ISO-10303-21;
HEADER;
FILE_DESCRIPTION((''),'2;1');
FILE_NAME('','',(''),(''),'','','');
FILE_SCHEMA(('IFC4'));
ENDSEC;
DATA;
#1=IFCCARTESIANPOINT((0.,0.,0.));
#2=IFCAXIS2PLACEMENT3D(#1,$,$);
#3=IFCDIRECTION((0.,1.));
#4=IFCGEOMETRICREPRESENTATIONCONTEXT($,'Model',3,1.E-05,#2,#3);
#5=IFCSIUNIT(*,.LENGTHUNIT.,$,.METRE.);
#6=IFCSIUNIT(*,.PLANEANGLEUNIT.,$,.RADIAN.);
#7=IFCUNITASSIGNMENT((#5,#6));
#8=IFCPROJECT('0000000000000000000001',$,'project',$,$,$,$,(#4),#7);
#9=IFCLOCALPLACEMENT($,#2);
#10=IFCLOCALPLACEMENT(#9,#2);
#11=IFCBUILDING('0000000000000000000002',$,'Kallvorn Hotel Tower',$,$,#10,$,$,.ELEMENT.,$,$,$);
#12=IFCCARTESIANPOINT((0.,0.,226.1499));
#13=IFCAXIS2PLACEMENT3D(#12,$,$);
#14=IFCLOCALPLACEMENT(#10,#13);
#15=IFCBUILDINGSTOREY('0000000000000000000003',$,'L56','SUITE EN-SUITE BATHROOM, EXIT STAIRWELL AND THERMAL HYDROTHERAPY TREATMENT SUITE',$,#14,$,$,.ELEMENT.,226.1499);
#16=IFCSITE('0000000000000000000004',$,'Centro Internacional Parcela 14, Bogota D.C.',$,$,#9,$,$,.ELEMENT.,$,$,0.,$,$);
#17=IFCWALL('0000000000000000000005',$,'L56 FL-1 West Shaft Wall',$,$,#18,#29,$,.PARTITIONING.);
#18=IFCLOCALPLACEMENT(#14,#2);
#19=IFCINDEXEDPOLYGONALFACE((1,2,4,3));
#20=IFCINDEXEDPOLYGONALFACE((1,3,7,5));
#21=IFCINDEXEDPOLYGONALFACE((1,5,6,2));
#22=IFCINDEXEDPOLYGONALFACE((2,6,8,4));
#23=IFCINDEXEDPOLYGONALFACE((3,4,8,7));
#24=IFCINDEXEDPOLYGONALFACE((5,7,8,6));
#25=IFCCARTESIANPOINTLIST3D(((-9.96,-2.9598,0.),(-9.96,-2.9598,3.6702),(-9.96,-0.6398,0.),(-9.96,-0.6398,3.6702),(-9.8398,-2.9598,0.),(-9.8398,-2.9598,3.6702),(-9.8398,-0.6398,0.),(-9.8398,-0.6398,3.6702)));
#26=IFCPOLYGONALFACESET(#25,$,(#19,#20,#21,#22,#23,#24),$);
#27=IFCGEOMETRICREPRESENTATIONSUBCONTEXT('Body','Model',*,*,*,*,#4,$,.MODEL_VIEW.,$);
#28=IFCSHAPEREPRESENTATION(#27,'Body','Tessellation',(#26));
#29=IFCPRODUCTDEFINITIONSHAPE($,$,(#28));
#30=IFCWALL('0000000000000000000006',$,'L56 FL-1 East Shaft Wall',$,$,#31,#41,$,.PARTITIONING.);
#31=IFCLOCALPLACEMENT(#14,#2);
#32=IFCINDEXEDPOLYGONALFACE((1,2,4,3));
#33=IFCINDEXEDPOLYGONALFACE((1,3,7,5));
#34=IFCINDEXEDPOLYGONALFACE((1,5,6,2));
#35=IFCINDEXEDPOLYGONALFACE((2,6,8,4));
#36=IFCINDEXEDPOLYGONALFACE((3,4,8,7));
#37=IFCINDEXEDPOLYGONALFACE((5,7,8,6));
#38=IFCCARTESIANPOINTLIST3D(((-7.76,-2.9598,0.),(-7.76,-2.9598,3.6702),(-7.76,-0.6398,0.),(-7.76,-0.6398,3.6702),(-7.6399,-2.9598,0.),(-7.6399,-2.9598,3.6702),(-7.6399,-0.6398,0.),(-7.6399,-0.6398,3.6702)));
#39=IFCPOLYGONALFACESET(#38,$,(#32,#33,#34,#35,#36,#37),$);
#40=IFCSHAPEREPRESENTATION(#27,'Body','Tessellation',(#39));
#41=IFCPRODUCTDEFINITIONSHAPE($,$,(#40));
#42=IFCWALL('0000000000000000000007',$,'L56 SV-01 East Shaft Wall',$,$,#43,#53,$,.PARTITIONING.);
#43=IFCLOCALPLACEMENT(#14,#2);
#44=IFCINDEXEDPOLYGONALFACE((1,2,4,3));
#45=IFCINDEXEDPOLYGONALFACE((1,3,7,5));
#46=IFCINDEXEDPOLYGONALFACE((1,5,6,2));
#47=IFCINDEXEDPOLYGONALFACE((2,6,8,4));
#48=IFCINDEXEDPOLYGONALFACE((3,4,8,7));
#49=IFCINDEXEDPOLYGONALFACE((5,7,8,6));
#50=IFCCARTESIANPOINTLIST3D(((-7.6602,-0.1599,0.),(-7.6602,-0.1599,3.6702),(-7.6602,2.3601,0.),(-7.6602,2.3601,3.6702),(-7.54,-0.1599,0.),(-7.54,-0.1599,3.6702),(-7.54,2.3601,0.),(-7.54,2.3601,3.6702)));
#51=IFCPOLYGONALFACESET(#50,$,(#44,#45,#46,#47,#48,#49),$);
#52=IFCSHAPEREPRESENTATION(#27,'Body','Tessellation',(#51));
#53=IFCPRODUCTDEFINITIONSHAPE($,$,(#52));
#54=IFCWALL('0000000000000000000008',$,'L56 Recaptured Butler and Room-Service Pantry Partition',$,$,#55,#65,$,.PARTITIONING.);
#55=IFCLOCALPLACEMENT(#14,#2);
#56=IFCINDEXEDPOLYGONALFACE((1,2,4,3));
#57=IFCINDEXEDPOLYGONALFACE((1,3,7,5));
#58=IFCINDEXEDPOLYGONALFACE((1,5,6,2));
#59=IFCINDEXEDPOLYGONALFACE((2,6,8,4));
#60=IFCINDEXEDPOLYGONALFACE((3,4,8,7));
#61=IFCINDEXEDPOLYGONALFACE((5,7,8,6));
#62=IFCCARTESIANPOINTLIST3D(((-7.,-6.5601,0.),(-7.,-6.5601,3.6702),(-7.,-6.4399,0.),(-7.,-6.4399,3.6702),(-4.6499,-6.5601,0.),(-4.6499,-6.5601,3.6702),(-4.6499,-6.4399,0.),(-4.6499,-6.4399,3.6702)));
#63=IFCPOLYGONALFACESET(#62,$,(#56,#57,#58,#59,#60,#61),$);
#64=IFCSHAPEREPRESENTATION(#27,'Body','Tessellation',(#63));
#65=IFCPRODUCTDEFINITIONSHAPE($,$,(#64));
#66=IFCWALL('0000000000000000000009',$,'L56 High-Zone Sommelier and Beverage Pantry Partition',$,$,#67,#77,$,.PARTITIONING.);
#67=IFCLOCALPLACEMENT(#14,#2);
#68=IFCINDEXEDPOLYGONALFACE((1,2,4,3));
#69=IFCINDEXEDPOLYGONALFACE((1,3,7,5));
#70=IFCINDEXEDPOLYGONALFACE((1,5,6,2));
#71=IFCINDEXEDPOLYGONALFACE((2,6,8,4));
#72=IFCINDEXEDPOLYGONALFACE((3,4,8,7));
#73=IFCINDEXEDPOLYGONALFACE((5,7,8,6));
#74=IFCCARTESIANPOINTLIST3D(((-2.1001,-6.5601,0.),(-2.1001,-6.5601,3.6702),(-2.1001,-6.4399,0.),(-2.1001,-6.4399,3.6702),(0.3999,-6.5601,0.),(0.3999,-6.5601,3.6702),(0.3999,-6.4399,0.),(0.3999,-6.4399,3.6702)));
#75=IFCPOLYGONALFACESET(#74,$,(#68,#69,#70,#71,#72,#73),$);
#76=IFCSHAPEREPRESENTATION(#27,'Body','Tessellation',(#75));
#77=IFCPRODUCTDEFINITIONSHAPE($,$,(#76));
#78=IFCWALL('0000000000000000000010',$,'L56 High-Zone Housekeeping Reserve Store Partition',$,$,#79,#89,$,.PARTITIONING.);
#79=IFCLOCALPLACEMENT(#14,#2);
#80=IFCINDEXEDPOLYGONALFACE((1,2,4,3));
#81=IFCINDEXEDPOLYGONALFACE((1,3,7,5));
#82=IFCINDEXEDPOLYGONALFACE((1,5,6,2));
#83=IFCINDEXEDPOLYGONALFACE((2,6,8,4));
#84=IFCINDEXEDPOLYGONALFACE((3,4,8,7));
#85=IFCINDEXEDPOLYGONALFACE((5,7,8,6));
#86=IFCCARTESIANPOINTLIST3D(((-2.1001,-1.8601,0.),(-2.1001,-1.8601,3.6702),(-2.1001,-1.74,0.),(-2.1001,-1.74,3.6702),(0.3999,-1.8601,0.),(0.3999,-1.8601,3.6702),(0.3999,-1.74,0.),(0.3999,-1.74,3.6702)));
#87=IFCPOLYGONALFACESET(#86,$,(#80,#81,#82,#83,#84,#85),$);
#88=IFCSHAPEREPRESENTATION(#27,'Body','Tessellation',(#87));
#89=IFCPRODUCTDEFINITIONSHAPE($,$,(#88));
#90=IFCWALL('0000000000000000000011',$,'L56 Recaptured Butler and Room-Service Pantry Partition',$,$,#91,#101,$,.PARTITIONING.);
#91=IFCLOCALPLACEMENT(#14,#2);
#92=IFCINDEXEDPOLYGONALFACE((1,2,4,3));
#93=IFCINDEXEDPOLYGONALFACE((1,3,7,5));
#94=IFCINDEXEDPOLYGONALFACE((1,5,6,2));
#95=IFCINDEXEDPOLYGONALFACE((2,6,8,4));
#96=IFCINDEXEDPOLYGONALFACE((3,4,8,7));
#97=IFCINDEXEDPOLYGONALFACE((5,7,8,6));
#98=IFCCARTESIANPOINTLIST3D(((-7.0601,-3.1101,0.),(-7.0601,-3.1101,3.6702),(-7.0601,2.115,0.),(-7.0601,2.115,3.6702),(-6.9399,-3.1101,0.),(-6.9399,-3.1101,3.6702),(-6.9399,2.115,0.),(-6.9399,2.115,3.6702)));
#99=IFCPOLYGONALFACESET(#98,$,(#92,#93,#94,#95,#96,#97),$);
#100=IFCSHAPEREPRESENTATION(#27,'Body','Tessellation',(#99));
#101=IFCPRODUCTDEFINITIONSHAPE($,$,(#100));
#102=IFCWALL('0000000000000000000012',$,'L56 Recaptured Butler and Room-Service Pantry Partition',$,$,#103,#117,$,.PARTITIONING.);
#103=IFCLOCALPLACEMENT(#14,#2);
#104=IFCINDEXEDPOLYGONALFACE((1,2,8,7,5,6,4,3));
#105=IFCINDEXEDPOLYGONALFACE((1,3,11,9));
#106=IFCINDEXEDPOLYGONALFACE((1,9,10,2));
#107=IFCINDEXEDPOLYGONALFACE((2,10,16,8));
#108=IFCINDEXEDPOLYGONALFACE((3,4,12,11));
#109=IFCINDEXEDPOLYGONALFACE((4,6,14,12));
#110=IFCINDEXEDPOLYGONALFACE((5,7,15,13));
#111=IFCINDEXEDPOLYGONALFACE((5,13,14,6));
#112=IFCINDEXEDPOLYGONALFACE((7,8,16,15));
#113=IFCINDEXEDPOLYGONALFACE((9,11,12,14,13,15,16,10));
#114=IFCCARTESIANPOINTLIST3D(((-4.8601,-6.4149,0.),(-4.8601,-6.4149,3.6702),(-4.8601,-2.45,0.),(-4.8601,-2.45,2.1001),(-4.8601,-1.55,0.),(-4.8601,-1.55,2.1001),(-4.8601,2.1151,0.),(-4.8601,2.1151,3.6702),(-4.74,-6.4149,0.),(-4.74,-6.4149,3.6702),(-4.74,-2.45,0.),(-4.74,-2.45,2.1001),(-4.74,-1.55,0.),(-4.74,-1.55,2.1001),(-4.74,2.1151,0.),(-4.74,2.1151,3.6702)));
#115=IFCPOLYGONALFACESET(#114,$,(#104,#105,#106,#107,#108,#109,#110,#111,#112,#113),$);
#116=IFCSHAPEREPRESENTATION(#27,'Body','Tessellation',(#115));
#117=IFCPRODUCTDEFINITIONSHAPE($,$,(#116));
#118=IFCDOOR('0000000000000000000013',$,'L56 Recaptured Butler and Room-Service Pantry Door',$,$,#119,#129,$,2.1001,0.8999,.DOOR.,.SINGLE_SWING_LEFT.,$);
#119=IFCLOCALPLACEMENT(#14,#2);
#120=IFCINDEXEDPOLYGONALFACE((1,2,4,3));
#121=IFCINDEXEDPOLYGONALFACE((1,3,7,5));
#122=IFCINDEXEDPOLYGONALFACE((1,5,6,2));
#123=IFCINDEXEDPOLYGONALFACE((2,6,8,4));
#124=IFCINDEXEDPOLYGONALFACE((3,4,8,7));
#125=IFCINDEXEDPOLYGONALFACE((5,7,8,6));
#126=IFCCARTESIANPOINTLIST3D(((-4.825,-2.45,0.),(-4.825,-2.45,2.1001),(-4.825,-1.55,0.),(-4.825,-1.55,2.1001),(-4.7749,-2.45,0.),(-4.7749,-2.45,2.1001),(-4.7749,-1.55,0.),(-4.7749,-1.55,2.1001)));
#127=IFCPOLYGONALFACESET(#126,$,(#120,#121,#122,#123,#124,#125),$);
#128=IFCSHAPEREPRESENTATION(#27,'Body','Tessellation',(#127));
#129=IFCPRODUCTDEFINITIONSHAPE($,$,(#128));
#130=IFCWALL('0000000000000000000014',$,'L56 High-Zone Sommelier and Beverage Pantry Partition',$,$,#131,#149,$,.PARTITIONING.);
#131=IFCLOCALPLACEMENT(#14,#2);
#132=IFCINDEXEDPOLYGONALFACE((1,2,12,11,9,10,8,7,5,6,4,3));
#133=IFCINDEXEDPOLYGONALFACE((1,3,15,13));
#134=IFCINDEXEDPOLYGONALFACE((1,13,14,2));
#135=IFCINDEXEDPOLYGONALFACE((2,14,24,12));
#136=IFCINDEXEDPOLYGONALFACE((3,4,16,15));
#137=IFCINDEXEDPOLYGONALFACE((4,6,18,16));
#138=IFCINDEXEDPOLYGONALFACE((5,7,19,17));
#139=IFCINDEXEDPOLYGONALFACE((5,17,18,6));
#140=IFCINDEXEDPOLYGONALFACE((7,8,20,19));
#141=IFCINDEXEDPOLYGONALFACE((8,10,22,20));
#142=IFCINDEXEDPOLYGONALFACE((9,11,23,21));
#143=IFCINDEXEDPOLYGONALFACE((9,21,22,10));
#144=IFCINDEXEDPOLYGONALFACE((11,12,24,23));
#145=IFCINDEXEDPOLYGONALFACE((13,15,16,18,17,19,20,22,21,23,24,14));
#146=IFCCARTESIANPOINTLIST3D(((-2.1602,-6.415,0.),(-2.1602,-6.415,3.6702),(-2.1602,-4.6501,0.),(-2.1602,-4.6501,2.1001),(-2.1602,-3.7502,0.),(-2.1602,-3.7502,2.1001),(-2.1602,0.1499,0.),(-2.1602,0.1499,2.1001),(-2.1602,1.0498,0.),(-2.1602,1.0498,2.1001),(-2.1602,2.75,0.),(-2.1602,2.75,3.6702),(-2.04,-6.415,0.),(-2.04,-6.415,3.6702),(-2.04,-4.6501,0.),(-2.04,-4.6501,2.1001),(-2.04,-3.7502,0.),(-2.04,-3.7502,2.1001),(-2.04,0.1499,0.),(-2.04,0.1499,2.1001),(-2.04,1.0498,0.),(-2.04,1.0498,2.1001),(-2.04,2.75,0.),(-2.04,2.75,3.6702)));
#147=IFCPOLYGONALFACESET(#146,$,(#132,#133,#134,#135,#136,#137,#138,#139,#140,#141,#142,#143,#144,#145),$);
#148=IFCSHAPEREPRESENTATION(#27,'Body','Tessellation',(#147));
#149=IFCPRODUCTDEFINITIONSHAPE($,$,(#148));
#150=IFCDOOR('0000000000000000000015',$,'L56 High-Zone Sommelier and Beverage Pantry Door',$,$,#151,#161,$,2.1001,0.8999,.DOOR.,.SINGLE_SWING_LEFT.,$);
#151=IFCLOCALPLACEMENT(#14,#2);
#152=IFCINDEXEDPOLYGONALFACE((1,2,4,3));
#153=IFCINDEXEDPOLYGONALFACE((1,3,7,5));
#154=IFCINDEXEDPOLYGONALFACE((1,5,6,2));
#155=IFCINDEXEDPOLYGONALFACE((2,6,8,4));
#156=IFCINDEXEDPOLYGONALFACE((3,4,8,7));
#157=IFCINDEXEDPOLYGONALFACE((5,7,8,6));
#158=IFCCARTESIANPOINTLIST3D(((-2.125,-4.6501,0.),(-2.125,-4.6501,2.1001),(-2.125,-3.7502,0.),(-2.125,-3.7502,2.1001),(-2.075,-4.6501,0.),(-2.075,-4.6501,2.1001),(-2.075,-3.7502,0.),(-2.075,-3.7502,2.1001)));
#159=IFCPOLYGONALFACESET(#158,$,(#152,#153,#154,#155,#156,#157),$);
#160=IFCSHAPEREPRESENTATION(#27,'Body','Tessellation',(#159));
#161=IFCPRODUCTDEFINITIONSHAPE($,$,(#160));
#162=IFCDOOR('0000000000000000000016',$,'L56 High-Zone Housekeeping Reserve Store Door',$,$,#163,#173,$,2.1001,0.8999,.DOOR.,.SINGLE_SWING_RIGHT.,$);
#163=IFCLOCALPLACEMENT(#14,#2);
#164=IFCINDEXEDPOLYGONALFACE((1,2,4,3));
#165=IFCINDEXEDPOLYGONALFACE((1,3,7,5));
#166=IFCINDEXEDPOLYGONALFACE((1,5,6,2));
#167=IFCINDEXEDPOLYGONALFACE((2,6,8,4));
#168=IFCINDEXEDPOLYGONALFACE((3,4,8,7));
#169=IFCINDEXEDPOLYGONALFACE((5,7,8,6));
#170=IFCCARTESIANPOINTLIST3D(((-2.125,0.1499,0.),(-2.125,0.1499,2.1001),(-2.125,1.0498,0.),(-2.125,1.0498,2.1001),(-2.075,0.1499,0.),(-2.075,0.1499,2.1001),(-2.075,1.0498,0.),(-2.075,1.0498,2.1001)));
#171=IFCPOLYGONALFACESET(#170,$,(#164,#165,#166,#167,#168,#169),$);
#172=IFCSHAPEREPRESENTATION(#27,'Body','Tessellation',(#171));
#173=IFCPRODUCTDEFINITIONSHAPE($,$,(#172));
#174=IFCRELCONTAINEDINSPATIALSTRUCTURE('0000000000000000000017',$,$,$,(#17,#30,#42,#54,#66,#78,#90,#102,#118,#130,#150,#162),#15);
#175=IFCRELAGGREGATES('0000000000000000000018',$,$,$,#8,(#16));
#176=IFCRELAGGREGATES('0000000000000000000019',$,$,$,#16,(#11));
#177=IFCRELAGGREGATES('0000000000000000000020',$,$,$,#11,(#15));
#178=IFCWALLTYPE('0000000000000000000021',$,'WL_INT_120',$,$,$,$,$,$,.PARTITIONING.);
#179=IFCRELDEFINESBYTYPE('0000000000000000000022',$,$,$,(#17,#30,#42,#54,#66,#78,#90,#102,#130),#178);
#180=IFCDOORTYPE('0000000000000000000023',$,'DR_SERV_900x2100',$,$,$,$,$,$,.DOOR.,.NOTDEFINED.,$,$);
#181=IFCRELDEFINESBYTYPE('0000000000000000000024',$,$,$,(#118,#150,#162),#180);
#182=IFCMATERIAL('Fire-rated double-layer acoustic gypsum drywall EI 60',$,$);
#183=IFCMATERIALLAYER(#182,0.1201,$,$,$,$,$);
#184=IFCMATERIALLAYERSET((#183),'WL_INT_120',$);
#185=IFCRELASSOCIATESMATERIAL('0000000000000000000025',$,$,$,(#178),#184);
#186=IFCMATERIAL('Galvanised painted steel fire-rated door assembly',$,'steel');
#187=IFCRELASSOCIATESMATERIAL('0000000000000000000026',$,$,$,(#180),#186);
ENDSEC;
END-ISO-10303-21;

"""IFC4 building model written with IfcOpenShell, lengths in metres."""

from ifc_helpers import new_model, si_unit, direction, frame, frame_2d, origin, place, context, subcontext, project, spatial, rectangle, extrude, material, layer, layer_set, type_object, element, fill, save


model = new_model("IFC4")

# Units and contexts
model_context = context("Model", 3, precision=1e-05, world=origin(), true_north=direction((0.0, 1.0)))
body_context = subcontext(model_context, "Body", "Model", "MODEL_VIEW")
ifc_project = project(units=[si_unit("LENGTHUNIT", "METRE"), si_unit("PLANEANGLEUNIT", "RADIAN")], contexts=[model_context])

# Site, building, storey
site_placement = place(None, origin())
site = spatial("IfcSite", under=ifc_project, at=site_placement, Name="Centro Internacional Parcela 14, Bogota D.C.", CompositionType="ELEMENT", RefElevation=0.0)
building_placement = place(site_placement, origin())
building = spatial("IfcBuilding", under=site, at=building_placement, Name="Kallvorn Hotel Tower", CompositionType="ELEMENT")
storey_placement = place(building_placement, frame((0.0, 0.0, 226.1499)))
storey = spatial("IfcBuildingStorey", under=building, at=storey_placement, Name="L56", Description="SUITE EN-SUITE BATHROOM, EXIT STAIRWELL AND THERMAL HYDROTHERAPY TREATMENT SUITE", CompositionType="ELEMENT", Elevation=226.1499)

# Walls
ifc_material_1 = material(Name="Fire-rated double-layer acoustic gypsum drywall EI 60")
ifc_layer_1 = layer(ifc_material_1, 0.1201)
ifc_layer_set_1 = layer_set([ifc_layer_1], Name="WL_INT_120")
wall_type_1 = type_object("IfcWallType", Name="WL_INT_120", PredefinedType="PARTITIONING", material=ifc_layer_set_1)
for number, where, z_axis, x_axis, name in (
    (1, (-9.8999, -2.96, 0.0), (0.0, 0.0, 1.0), (0.0, 1.0, 0.0), "L56 FL-1 West Shaft Wall"),
    (2, (-7.7, -2.96, 0.0), (0.0, 0.0, 1.0), (0.0, 1.0, 0.0), "L56 FL-1 East Shaft Wall"),
):
    element("IfcWall", number, at=place(storey_placement, frame(where, z_axis=z_axis, x_axis=x_axis)), inside=storey, type_object=wall_type_1, Name=name, PredefinedType="PARTITIONING", context=body_context, shape_type="SweptSolid", body=[
        extrude(rectangle(XDim=2.3201, YDim=0.1201, at=frame_2d((1.1602, 0.0))), origin(), (0.0, 0.0, 1.0), 3.6702),
    ])
wall_1_placement = place(storey_placement, frame((-7.6001, -0.1599, 0.0), z_axis=(0.0, 0.0, 1.0), x_axis=(0.0, 1.0, 0.0)))
element("IfcWall", 3, at=wall_1_placement, inside=storey, type_object=wall_type_1, Name="L56 SV-01 East Shaft Wall", PredefinedType="PARTITIONING", context=body_context, shape_type="SweptSolid", body=[
    extrude(rectangle(XDim=2.52, YDim=0.1201, at=frame_2d((1.26, 0.0))), origin(), (0.0, 0.0, 1.0), 3.6702),
])
wall_2_placement = place(storey_placement, frame((-7.0, -6.5, 0.0), z_axis=(0.0, 0.0, 1.0), x_axis=(1.0, 0.0, 0.0)))
element("IfcWall", 4, at=wall_2_placement, inside=storey, type_object=wall_type_1, Name="L56 Recaptured Butler and Room-Service Pantry Partition", PredefinedType="PARTITIONING", context=body_context, shape_type="SweptSolid", body=[
    extrude(rectangle(XDim=2.3501, YDim=0.1201, at=frame_2d((1.175, 0.0))), origin(), (0.0, 0.0, 1.0), 3.6702),
])
for number, where, z_axis, x_axis, name in (
    (5, (-2.1001, -6.5, 0.0), (0.0, 0.0, 1.0), (1.0, 0.0, 0.0), "L56 High-Zone Sommelier and Beverage Pantry Partition"),
    (6, (-2.1001, -1.8, 0.0), (0.0, 0.0, 1.0), (1.0, 0.0, 0.0), "L56 High-Zone Housekeeping Reserve Store Partition"),
):
    element("IfcWall", number, at=place(storey_placement, frame(where, z_axis=z_axis, x_axis=x_axis)), inside=storey, type_object=wall_type_1, Name=name, PredefinedType="PARTITIONING", context=body_context, shape_type="SweptSolid", body=[
        extrude(rectangle(XDim=2.5, YDim=0.1201, at=frame_2d((1.25, 0.0))), origin(), (0.0, 0.0, 1.0), 3.6702),
    ])
wall_3_placement = place(storey_placement, frame((-7.0, -3.1101, 0.0), z_axis=(0.0, 0.0, 1.0), x_axis=(0.0, 1.0, 0.0)))
element("IfcWall", 7, at=wall_3_placement, inside=storey, type_object=wall_type_1, Name="L56 Recaptured Butler and Room-Service Pantry Partition", PredefinedType="PARTITIONING", context=body_context, shape_type="SweptSolid", body=[
    extrude(rectangle(XDim=5.2251, YDim=0.1201, at=frame_2d((2.6125, 0.0))), origin(), (0.0, 0.0, 1.0), 3.6702),
])

# Wall, opening, door
wall_4_placement = place(storey_placement, frame((-4.8, -6.415, 0.0), z_axis=(0.0, 0.0, 1.0), x_axis=(0.0, 1.0, 0.0)))
wall_4 = element("IfcWall", 8, at=wall_4_placement, inside=storey, type_object=wall_type_1, Name="L56 Recaptured Butler and Room-Service Pantry Partition", PredefinedType="PARTITIONING", context=body_context, shape_type="SweptSolid", body=[
    extrude(rectangle(XDim=8.53, YDim=0.1201, at=frame_2d((4.2651, 0.0))), origin(), (0.0, 0.0, 1.0), 3.6702),
])
opening_1_placement = place(wall_4_placement, frame((3.9651, 0.0, 0.0)))
opening_1 = element("IfcOpeningElement", 9, at=opening_1_placement, cuts=wall_4, PredefinedType="OPENING", context=body_context, shape_type="SweptSolid", body=[
    extrude(rectangle(XDim=0.8999, YDim=2.1001, at=frame_2d((0.45, 1.05))), frame((0.0, 0.075, 0.0), z_axis=(0.0, -1.0, 0.0), x_axis=(1.0, 0.0, 0.0)), (0.0, 0.0, 1.0), 0.1501),
])
ifc_material_2 = material(Name="Galvanised painted steel fire-rated door assembly", Category="steel")
door_type_1 = type_object("IfcDoorType", Name="DR_SERV_900x2100", OperationType="NOTDEFINED", PredefinedType="DOOR", material=ifc_material_2)
door_1_placement = place(opening_1_placement, origin())
door_1 = element("IfcDoor", 10, at=door_1_placement, inside=storey, type_object=door_type_1, Name="L56 Recaptured Butler and Room-Service Pantry Door", OperationType="SINGLE_SWING_LEFT", OverallHeight=2.1001, OverallWidth=0.8999, PredefinedType="DOOR", context=body_context, shape_type="SweptSolid", body=[
    extrude(rectangle(XDim=0.8999, YDim=2.1001, at=frame_2d((0.45, 1.05))), frame((0.0, 0.0249, 0.0), z_axis=(0.0, -1.0, 0.0), x_axis=(1.0, 0.0, 0.0)), (0.0, 0.0, 1.0), 0.05),
])
fill(opening_1, door_1)

# Wall, openings, doors
wall_5_placement = place(storey_placement, frame((-2.1001, -6.415, 0.0), z_axis=(0.0, 0.0, 1.0), x_axis=(0.0, 1.0, 0.0)))
wall_5 = element("IfcWall", 11, at=wall_5_placement, inside=storey, type_object=wall_type_1, Name="L56 High-Zone Sommelier and Beverage Pantry Partition", PredefinedType="PARTITIONING", context=body_context, shape_type="SweptSolid", body=[
    extrude(rectangle(XDim=9.165, YDim=0.1201, at=frame_2d((4.5825, 0.0))), origin(), (0.0, 0.0, 1.0), 3.6702),
])
opening_2_placement = place(wall_5_placement, frame((1.7649, 0.0, 0.0)))
opening_2 = element("IfcOpeningElement", 12, at=opening_2_placement, cuts=wall_5, PredefinedType="OPENING", context=body_context, shape_type="SweptSolid", body=[
    extrude(rectangle(XDim=0.8999, YDim=2.1001, at=frame_2d((0.45, 1.05))), frame((0.0, 0.075, 0.0), z_axis=(0.0, -1.0, 0.0), x_axis=(1.0, 0.0, 0.0)), (0.0, 0.0, 1.0), 0.1501),
])
opening_3_placement = place(wall_5_placement, frame((6.5649, 0.0, 0.0)))
opening_3 = element("IfcOpeningElement", 13, at=opening_3_placement, cuts=wall_5, PredefinedType="OPENING", context=body_context, shape_type="SweptSolid", body=[
    extrude(rectangle(XDim=0.8999, YDim=2.1001, at=frame_2d((0.45, 1.05))), frame((0.0, 0.075, 0.0), z_axis=(0.0, -1.0, 0.0), x_axis=(1.0, 0.0, 0.0)), (0.0, 0.0, 1.0), 0.1501),
])
door_2_placement = place(opening_2_placement, origin())
door_2 = element("IfcDoor", 14, at=door_2_placement, inside=storey, type_object=door_type_1, Name="L56 High-Zone Sommelier and Beverage Pantry Door", OperationType="SINGLE_SWING_LEFT", OverallHeight=2.1001, OverallWidth=0.8999, PredefinedType="DOOR", context=body_context, shape_type="SweptSolid", body=[
    extrude(rectangle(XDim=0.8999, YDim=2.1001, at=frame_2d((0.45, 1.05))), frame((0.0, 0.0249, 0.0), z_axis=(0.0, -1.0, 0.0), x_axis=(1.0, 0.0, 0.0)), (0.0, 0.0, 1.0), 0.05),
])
fill(opening_2, door_2)
door_3_placement = place(opening_3_placement, origin())
door_3 = element("IfcDoor", 15, at=door_3_placement, inside=storey, type_object=door_type_1, Name="L56 High-Zone Housekeeping Reserve Store Door", OperationType="SINGLE_SWING_RIGHT", OverallHeight=2.1001, OverallWidth=0.8999, PredefinedType="DOOR", context=body_context, shape_type="SweptSolid", body=[
    extrude(rectangle(XDim=0.8999, YDim=2.1001, at=frame_2d((0.45, 1.05))), frame((0.0, 0.0249, 0.0), z_axis=(0.0, -1.0, 0.0), x_axis=(1.0, 0.0, 0.0)), (0.0, 0.0, 1.0), 0.05),
])
fill(opening_3, door_3)

save(model, "model.ifc")
